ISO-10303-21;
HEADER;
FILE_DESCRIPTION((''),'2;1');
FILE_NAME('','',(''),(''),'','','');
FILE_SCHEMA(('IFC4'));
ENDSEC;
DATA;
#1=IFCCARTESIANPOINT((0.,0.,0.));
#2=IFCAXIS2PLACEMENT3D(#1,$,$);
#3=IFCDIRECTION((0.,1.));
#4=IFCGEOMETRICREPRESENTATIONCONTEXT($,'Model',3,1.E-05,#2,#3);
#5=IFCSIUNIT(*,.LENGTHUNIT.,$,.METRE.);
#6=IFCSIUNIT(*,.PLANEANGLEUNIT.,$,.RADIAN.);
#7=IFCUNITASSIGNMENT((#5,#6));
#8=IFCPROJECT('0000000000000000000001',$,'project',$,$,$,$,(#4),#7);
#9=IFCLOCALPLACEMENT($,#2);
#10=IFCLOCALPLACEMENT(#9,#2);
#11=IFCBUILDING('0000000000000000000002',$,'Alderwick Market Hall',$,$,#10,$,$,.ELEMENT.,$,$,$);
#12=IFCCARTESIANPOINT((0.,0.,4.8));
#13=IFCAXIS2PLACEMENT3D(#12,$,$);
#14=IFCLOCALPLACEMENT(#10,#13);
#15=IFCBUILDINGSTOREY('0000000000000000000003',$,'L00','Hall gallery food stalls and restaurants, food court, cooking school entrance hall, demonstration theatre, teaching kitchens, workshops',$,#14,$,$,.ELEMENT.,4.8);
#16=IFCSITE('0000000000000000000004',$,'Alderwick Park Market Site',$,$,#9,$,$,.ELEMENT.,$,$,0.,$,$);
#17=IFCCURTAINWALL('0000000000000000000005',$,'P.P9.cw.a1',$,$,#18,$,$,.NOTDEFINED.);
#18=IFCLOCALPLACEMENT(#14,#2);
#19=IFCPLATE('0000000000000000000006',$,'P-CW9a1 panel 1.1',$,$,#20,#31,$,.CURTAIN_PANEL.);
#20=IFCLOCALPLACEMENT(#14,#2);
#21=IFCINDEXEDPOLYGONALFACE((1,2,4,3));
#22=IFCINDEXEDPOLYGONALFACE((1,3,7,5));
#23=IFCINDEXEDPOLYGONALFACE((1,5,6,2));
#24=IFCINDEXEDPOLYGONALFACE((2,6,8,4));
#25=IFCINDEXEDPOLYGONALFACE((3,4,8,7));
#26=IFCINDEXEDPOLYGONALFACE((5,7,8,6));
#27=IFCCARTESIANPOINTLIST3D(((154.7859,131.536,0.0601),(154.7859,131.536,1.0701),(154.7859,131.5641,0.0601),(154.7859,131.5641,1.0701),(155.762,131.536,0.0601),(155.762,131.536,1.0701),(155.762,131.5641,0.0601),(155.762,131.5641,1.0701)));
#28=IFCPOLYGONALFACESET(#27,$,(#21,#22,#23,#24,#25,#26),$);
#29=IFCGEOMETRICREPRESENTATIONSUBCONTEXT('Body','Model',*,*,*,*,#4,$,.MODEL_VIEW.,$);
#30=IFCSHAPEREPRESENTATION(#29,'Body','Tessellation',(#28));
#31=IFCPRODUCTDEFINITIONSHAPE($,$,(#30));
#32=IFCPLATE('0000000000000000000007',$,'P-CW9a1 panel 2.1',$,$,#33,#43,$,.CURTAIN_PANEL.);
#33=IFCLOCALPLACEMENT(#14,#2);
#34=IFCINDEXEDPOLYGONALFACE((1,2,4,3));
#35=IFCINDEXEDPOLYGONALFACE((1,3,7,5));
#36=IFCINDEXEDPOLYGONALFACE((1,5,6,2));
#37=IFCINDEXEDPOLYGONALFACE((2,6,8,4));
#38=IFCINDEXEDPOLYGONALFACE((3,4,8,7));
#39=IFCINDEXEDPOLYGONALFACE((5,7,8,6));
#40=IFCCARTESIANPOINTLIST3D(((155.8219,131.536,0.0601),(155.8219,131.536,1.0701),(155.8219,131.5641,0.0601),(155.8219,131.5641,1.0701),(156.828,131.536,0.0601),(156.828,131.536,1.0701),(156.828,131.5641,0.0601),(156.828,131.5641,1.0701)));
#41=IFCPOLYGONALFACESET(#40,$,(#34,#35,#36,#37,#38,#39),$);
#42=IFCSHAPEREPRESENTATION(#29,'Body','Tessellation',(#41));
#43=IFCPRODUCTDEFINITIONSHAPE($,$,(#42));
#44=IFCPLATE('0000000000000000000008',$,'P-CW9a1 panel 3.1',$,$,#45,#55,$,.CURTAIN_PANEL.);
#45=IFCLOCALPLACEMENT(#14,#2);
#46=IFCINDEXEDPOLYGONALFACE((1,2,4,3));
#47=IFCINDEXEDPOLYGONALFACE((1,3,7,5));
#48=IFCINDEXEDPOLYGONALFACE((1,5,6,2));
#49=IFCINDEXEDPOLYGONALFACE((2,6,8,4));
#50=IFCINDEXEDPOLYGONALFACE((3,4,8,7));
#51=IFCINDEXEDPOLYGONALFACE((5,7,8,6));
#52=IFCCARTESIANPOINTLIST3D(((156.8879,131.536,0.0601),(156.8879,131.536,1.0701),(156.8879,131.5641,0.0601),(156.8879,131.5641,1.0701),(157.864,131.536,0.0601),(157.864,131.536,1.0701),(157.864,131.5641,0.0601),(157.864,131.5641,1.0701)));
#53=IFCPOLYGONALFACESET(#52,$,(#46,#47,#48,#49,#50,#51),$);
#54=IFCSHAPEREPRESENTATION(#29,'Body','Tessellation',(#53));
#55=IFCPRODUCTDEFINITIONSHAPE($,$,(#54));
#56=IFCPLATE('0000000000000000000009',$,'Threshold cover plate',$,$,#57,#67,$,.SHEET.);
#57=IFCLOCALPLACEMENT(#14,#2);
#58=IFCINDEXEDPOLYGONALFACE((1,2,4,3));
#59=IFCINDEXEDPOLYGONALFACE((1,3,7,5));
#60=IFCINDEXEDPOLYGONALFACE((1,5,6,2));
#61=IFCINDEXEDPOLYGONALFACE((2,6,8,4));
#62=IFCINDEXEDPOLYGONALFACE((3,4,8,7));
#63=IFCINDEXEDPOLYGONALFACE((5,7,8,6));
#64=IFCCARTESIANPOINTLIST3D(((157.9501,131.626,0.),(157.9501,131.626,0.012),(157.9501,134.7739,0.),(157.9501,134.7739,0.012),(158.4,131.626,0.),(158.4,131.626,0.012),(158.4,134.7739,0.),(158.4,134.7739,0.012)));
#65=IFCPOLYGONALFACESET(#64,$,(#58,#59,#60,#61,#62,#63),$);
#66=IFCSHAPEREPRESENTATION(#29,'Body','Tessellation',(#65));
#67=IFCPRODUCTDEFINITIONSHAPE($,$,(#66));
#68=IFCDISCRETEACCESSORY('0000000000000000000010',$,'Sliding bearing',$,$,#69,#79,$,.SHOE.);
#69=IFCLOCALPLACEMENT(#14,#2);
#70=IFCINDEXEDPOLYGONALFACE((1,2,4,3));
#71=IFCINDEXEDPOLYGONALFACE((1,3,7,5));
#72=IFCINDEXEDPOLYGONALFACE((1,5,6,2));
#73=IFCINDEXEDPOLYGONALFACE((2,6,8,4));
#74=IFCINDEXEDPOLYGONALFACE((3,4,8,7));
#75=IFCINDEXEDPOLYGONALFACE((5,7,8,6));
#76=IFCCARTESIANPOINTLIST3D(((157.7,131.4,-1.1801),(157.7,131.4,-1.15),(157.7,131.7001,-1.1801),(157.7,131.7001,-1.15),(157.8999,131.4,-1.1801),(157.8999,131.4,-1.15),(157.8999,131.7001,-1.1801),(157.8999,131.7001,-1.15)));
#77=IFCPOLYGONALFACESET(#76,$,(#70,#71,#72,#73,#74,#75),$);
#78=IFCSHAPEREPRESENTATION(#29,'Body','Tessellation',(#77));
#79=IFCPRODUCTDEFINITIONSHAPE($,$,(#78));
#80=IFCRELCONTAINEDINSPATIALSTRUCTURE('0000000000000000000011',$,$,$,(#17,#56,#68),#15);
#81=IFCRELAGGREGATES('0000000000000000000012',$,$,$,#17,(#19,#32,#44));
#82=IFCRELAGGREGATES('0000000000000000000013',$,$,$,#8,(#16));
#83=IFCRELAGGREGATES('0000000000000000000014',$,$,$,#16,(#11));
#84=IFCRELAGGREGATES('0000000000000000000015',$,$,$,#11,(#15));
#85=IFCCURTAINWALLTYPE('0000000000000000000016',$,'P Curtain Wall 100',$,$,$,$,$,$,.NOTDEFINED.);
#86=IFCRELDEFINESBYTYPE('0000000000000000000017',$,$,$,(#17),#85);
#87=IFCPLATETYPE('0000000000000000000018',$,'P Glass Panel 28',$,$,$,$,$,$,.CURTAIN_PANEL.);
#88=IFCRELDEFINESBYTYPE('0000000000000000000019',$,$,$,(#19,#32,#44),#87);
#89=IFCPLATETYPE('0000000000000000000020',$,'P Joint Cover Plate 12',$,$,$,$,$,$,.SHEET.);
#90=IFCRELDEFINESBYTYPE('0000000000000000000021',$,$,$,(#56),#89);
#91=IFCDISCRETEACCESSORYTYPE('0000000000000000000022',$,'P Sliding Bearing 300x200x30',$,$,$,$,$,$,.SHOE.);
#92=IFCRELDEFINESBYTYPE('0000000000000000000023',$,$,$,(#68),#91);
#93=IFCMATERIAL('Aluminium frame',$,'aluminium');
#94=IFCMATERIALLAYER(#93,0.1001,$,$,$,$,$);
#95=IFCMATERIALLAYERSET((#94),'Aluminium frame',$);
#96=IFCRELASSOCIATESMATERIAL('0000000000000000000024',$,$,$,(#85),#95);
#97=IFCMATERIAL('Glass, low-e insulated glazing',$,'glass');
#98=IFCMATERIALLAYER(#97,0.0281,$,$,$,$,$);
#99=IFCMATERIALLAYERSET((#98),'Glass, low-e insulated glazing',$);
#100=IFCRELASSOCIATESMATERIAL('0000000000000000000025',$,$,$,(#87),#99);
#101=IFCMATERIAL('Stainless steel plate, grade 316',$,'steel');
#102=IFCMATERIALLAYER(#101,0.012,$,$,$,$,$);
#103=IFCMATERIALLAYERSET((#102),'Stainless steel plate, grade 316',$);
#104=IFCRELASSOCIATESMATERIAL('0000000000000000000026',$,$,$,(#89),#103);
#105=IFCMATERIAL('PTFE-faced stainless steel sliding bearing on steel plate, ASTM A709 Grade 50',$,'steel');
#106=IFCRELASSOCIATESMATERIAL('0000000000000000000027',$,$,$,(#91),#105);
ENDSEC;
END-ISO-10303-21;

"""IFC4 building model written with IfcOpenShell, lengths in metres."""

from ifc_helpers import new_model, si_unit, direction, frame, origin, origin_2d, place, context, subcontext, project, spatial, rectangle, extrude, material, layer, layer_set, material_profile, profile_set, type_object, element, aggregate, save


model = new_model("IFC4")

# Units and contexts
model_context = context("Model", 3, precision=1e-05, world=origin(), true_north=direction((0.0, 1.0)))
body_context = subcontext(model_context, "Body", "Model", "MODEL_VIEW")
ifc_project = project(units=[si_unit("LENGTHUNIT", "METRE"), si_unit("PLANEANGLEUNIT", "RADIAN")], contexts=[model_context])

# Site, building, storey
site_placement = place(None, origin())
site = spatial("IfcSite", under=ifc_project, at=site_placement, Name="Alderwick Park Market Site", CompositionType="ELEMENT", RefElevation=0.0)
building_placement = place(site_placement, origin())
building = spatial("IfcBuilding", under=site, at=building_placement, Name="Alderwick Market Hall", CompositionType="ELEMENT")
storey_placement = place(building_placement, frame((0.0, 0.0, 4.8)))
storey = spatial("IfcBuildingStorey", under=building, at=storey_placement, Name="L00", Description="Hall gallery food stalls and restaurants, food court, cooking school entrance hall, demonstration theatre, teaching kitchens, workshops", CompositionType="ELEMENT", Elevation=4.8)

# Shared definitions
ifc_material_1 = material(Name="Aluminium frame", Category="aluminium")
ifc_layer_1 = layer(ifc_material_1, 0.1001)
ifc_layer_set_1 = layer_set([ifc_layer_1], Name="Aluminium frame")
curtain_wall_type = type_object("IfcCurtainWallType", Name="P Curtain Wall 100", PredefinedType="NOTDEFINED", material=ifc_layer_set_1)

# Curtain wall
curtain_wall_1_placement = place(storey_placement, origin())
curtain_wall_1 = element("IfcCurtainWall", 1, at=curtain_wall_1_placement, inside=storey, type_object=curtain_wall_type, Name="P.P9.cw.a1", PredefinedType="NOTDEFINED")

# Plates
ifc_material_2 = material(Name="Glass, low-e insulated glazing", Category="glass")
ifc_layer_2 = layer(ifc_material_2, 0.0281)
ifc_layer_set_2 = layer_set([ifc_layer_2], Name="Glass, low-e insulated glazing")
plate_type_1 = type_object("IfcPlateType", Name="P Glass Panel 28", PredefinedType="CURTAIN_PANEL", material=ifc_layer_set_2)
plate_1_placement = place(storey_placement, frame((155.2739, 131.55, 0.0601), z_axis=(0.0, 0.0, 1.0), x_axis=(1.0, 0.0, 0.0)))
plate_1 = element("IfcPlate", 2, at=plate_1_placement, type_object=plate_type_1, Name="P-CW9a1 panel 1.1", PredefinedType="CURTAIN_PANEL", context=body_context, shape_type="SweptSolid", body=[
    extrude(rectangle(XDim=0.9761, YDim=0.0281, at=origin_2d()), origin(), (0.0, 0.0, 1.0), 1.01),
])
plate_2_placement = place(storey_placement, frame((156.325, 131.55, 0.0601), z_axis=(0.0, 0.0, 1.0), x_axis=(1.0, 0.0, 0.0)))
plate_2 = element("IfcPlate", 3, at=plate_2_placement, type_object=plate_type_1, Name="P-CW9a1 panel 2.1", PredefinedType="CURTAIN_PANEL", context=body_context, shape_type="SweptSolid", body=[
    extrude(rectangle(XDim=1.0061, YDim=0.0281, at=origin_2d()), origin(), (0.0, 0.0, 1.0), 1.01),
])
plate_3_placement = place(storey_placement, frame((157.376, 131.55, 0.0601), z_axis=(0.0, 0.0, 1.0), x_axis=(1.0, 0.0, 0.0)))
plate_3 = element("IfcPlate", 4, at=plate_3_placement, type_object=plate_type_1, Name="P-CW9a1 panel 3.1", PredefinedType="CURTAIN_PANEL", context=body_context, shape_type="SweptSolid", body=[
    extrude(rectangle(XDim=0.9761, YDim=0.0281, at=origin_2d()), origin(), (0.0, 0.0, 1.0), 1.01),
])
aggregate(curtain_wall_1, [plate_1, plate_2, plate_3])
ifc_material_3 = material(Name="Stainless steel plate, grade 316", Category="steel")
ifc_layer_3 = layer(ifc_material_3, 0.012)
ifc_layer_set_3 = layer_set([ifc_layer_3], Name="Stainless steel plate, grade 316")
plate_type_2 = type_object("IfcPlateType", Name="P Joint Cover Plate 12", PredefinedType="SHEET", material=ifc_layer_set_3)
plate_4_placement = place(storey_placement, frame((158.175, 133.2, 0.0), z_axis=(0.0, 0.0, 1.0), x_axis=(1.0, 0.0, 0.0)))
element("IfcPlate", 5, at=plate_4_placement, inside=storey, type_object=plate_type_2, Name="Threshold cover plate", PredefinedType="SHEET", context=body_context, shape_type="SweptSolid", body=[
    extrude(rectangle(XDim=0.45, YDim=3.1479, at=origin_2d()), origin(), (0.0, 0.0, 1.0), 0.012),
])

# Discrete accessory
ifc_material_4 = material(Name="PTFE-faced stainless steel sliding bearing on steel plate, ASTM A709 Grade 50", Category="steel")
ifc_material_profile_1 = material_profile(ifc_material_4, rectangle(XDim=0.3, YDim=0.03, at=origin_2d()), Name="P Sliding Bearing 300x200x30")
ifc_profile_set_1 = profile_set([ifc_material_profile_1], Name="PTFE-faced stainless steel sliding bearing on steel plate, ASTM A709 Grade 50")
discrete_accessory_type = type_object("IfcDiscreteAccessoryType", Name="P Sliding Bearing 300x200x30", PredefinedType="SHOE", material=ifc_profile_set_1)
discrete_accessory_placement = place(storey_placement, frame((157.7, 131.55, -1.165), z_axis=(1.0, 0.0, 0.0), x_axis=(0.0, 1.0, 0.0)))
element("IfcDiscreteAccessory", 6, at=discrete_accessory_placement, inside=storey, type_object=discrete_accessory_type, Name="Sliding bearing", PredefinedType="SHOE", context=body_context, shape_type="SweptSolid", body=[
    extrude(rectangle(XDim=0.3, YDim=0.03, at=origin_2d()), origin(), (0.0, 0.0, 1.0), 0.2),
])

save(model, "model.ifc")
